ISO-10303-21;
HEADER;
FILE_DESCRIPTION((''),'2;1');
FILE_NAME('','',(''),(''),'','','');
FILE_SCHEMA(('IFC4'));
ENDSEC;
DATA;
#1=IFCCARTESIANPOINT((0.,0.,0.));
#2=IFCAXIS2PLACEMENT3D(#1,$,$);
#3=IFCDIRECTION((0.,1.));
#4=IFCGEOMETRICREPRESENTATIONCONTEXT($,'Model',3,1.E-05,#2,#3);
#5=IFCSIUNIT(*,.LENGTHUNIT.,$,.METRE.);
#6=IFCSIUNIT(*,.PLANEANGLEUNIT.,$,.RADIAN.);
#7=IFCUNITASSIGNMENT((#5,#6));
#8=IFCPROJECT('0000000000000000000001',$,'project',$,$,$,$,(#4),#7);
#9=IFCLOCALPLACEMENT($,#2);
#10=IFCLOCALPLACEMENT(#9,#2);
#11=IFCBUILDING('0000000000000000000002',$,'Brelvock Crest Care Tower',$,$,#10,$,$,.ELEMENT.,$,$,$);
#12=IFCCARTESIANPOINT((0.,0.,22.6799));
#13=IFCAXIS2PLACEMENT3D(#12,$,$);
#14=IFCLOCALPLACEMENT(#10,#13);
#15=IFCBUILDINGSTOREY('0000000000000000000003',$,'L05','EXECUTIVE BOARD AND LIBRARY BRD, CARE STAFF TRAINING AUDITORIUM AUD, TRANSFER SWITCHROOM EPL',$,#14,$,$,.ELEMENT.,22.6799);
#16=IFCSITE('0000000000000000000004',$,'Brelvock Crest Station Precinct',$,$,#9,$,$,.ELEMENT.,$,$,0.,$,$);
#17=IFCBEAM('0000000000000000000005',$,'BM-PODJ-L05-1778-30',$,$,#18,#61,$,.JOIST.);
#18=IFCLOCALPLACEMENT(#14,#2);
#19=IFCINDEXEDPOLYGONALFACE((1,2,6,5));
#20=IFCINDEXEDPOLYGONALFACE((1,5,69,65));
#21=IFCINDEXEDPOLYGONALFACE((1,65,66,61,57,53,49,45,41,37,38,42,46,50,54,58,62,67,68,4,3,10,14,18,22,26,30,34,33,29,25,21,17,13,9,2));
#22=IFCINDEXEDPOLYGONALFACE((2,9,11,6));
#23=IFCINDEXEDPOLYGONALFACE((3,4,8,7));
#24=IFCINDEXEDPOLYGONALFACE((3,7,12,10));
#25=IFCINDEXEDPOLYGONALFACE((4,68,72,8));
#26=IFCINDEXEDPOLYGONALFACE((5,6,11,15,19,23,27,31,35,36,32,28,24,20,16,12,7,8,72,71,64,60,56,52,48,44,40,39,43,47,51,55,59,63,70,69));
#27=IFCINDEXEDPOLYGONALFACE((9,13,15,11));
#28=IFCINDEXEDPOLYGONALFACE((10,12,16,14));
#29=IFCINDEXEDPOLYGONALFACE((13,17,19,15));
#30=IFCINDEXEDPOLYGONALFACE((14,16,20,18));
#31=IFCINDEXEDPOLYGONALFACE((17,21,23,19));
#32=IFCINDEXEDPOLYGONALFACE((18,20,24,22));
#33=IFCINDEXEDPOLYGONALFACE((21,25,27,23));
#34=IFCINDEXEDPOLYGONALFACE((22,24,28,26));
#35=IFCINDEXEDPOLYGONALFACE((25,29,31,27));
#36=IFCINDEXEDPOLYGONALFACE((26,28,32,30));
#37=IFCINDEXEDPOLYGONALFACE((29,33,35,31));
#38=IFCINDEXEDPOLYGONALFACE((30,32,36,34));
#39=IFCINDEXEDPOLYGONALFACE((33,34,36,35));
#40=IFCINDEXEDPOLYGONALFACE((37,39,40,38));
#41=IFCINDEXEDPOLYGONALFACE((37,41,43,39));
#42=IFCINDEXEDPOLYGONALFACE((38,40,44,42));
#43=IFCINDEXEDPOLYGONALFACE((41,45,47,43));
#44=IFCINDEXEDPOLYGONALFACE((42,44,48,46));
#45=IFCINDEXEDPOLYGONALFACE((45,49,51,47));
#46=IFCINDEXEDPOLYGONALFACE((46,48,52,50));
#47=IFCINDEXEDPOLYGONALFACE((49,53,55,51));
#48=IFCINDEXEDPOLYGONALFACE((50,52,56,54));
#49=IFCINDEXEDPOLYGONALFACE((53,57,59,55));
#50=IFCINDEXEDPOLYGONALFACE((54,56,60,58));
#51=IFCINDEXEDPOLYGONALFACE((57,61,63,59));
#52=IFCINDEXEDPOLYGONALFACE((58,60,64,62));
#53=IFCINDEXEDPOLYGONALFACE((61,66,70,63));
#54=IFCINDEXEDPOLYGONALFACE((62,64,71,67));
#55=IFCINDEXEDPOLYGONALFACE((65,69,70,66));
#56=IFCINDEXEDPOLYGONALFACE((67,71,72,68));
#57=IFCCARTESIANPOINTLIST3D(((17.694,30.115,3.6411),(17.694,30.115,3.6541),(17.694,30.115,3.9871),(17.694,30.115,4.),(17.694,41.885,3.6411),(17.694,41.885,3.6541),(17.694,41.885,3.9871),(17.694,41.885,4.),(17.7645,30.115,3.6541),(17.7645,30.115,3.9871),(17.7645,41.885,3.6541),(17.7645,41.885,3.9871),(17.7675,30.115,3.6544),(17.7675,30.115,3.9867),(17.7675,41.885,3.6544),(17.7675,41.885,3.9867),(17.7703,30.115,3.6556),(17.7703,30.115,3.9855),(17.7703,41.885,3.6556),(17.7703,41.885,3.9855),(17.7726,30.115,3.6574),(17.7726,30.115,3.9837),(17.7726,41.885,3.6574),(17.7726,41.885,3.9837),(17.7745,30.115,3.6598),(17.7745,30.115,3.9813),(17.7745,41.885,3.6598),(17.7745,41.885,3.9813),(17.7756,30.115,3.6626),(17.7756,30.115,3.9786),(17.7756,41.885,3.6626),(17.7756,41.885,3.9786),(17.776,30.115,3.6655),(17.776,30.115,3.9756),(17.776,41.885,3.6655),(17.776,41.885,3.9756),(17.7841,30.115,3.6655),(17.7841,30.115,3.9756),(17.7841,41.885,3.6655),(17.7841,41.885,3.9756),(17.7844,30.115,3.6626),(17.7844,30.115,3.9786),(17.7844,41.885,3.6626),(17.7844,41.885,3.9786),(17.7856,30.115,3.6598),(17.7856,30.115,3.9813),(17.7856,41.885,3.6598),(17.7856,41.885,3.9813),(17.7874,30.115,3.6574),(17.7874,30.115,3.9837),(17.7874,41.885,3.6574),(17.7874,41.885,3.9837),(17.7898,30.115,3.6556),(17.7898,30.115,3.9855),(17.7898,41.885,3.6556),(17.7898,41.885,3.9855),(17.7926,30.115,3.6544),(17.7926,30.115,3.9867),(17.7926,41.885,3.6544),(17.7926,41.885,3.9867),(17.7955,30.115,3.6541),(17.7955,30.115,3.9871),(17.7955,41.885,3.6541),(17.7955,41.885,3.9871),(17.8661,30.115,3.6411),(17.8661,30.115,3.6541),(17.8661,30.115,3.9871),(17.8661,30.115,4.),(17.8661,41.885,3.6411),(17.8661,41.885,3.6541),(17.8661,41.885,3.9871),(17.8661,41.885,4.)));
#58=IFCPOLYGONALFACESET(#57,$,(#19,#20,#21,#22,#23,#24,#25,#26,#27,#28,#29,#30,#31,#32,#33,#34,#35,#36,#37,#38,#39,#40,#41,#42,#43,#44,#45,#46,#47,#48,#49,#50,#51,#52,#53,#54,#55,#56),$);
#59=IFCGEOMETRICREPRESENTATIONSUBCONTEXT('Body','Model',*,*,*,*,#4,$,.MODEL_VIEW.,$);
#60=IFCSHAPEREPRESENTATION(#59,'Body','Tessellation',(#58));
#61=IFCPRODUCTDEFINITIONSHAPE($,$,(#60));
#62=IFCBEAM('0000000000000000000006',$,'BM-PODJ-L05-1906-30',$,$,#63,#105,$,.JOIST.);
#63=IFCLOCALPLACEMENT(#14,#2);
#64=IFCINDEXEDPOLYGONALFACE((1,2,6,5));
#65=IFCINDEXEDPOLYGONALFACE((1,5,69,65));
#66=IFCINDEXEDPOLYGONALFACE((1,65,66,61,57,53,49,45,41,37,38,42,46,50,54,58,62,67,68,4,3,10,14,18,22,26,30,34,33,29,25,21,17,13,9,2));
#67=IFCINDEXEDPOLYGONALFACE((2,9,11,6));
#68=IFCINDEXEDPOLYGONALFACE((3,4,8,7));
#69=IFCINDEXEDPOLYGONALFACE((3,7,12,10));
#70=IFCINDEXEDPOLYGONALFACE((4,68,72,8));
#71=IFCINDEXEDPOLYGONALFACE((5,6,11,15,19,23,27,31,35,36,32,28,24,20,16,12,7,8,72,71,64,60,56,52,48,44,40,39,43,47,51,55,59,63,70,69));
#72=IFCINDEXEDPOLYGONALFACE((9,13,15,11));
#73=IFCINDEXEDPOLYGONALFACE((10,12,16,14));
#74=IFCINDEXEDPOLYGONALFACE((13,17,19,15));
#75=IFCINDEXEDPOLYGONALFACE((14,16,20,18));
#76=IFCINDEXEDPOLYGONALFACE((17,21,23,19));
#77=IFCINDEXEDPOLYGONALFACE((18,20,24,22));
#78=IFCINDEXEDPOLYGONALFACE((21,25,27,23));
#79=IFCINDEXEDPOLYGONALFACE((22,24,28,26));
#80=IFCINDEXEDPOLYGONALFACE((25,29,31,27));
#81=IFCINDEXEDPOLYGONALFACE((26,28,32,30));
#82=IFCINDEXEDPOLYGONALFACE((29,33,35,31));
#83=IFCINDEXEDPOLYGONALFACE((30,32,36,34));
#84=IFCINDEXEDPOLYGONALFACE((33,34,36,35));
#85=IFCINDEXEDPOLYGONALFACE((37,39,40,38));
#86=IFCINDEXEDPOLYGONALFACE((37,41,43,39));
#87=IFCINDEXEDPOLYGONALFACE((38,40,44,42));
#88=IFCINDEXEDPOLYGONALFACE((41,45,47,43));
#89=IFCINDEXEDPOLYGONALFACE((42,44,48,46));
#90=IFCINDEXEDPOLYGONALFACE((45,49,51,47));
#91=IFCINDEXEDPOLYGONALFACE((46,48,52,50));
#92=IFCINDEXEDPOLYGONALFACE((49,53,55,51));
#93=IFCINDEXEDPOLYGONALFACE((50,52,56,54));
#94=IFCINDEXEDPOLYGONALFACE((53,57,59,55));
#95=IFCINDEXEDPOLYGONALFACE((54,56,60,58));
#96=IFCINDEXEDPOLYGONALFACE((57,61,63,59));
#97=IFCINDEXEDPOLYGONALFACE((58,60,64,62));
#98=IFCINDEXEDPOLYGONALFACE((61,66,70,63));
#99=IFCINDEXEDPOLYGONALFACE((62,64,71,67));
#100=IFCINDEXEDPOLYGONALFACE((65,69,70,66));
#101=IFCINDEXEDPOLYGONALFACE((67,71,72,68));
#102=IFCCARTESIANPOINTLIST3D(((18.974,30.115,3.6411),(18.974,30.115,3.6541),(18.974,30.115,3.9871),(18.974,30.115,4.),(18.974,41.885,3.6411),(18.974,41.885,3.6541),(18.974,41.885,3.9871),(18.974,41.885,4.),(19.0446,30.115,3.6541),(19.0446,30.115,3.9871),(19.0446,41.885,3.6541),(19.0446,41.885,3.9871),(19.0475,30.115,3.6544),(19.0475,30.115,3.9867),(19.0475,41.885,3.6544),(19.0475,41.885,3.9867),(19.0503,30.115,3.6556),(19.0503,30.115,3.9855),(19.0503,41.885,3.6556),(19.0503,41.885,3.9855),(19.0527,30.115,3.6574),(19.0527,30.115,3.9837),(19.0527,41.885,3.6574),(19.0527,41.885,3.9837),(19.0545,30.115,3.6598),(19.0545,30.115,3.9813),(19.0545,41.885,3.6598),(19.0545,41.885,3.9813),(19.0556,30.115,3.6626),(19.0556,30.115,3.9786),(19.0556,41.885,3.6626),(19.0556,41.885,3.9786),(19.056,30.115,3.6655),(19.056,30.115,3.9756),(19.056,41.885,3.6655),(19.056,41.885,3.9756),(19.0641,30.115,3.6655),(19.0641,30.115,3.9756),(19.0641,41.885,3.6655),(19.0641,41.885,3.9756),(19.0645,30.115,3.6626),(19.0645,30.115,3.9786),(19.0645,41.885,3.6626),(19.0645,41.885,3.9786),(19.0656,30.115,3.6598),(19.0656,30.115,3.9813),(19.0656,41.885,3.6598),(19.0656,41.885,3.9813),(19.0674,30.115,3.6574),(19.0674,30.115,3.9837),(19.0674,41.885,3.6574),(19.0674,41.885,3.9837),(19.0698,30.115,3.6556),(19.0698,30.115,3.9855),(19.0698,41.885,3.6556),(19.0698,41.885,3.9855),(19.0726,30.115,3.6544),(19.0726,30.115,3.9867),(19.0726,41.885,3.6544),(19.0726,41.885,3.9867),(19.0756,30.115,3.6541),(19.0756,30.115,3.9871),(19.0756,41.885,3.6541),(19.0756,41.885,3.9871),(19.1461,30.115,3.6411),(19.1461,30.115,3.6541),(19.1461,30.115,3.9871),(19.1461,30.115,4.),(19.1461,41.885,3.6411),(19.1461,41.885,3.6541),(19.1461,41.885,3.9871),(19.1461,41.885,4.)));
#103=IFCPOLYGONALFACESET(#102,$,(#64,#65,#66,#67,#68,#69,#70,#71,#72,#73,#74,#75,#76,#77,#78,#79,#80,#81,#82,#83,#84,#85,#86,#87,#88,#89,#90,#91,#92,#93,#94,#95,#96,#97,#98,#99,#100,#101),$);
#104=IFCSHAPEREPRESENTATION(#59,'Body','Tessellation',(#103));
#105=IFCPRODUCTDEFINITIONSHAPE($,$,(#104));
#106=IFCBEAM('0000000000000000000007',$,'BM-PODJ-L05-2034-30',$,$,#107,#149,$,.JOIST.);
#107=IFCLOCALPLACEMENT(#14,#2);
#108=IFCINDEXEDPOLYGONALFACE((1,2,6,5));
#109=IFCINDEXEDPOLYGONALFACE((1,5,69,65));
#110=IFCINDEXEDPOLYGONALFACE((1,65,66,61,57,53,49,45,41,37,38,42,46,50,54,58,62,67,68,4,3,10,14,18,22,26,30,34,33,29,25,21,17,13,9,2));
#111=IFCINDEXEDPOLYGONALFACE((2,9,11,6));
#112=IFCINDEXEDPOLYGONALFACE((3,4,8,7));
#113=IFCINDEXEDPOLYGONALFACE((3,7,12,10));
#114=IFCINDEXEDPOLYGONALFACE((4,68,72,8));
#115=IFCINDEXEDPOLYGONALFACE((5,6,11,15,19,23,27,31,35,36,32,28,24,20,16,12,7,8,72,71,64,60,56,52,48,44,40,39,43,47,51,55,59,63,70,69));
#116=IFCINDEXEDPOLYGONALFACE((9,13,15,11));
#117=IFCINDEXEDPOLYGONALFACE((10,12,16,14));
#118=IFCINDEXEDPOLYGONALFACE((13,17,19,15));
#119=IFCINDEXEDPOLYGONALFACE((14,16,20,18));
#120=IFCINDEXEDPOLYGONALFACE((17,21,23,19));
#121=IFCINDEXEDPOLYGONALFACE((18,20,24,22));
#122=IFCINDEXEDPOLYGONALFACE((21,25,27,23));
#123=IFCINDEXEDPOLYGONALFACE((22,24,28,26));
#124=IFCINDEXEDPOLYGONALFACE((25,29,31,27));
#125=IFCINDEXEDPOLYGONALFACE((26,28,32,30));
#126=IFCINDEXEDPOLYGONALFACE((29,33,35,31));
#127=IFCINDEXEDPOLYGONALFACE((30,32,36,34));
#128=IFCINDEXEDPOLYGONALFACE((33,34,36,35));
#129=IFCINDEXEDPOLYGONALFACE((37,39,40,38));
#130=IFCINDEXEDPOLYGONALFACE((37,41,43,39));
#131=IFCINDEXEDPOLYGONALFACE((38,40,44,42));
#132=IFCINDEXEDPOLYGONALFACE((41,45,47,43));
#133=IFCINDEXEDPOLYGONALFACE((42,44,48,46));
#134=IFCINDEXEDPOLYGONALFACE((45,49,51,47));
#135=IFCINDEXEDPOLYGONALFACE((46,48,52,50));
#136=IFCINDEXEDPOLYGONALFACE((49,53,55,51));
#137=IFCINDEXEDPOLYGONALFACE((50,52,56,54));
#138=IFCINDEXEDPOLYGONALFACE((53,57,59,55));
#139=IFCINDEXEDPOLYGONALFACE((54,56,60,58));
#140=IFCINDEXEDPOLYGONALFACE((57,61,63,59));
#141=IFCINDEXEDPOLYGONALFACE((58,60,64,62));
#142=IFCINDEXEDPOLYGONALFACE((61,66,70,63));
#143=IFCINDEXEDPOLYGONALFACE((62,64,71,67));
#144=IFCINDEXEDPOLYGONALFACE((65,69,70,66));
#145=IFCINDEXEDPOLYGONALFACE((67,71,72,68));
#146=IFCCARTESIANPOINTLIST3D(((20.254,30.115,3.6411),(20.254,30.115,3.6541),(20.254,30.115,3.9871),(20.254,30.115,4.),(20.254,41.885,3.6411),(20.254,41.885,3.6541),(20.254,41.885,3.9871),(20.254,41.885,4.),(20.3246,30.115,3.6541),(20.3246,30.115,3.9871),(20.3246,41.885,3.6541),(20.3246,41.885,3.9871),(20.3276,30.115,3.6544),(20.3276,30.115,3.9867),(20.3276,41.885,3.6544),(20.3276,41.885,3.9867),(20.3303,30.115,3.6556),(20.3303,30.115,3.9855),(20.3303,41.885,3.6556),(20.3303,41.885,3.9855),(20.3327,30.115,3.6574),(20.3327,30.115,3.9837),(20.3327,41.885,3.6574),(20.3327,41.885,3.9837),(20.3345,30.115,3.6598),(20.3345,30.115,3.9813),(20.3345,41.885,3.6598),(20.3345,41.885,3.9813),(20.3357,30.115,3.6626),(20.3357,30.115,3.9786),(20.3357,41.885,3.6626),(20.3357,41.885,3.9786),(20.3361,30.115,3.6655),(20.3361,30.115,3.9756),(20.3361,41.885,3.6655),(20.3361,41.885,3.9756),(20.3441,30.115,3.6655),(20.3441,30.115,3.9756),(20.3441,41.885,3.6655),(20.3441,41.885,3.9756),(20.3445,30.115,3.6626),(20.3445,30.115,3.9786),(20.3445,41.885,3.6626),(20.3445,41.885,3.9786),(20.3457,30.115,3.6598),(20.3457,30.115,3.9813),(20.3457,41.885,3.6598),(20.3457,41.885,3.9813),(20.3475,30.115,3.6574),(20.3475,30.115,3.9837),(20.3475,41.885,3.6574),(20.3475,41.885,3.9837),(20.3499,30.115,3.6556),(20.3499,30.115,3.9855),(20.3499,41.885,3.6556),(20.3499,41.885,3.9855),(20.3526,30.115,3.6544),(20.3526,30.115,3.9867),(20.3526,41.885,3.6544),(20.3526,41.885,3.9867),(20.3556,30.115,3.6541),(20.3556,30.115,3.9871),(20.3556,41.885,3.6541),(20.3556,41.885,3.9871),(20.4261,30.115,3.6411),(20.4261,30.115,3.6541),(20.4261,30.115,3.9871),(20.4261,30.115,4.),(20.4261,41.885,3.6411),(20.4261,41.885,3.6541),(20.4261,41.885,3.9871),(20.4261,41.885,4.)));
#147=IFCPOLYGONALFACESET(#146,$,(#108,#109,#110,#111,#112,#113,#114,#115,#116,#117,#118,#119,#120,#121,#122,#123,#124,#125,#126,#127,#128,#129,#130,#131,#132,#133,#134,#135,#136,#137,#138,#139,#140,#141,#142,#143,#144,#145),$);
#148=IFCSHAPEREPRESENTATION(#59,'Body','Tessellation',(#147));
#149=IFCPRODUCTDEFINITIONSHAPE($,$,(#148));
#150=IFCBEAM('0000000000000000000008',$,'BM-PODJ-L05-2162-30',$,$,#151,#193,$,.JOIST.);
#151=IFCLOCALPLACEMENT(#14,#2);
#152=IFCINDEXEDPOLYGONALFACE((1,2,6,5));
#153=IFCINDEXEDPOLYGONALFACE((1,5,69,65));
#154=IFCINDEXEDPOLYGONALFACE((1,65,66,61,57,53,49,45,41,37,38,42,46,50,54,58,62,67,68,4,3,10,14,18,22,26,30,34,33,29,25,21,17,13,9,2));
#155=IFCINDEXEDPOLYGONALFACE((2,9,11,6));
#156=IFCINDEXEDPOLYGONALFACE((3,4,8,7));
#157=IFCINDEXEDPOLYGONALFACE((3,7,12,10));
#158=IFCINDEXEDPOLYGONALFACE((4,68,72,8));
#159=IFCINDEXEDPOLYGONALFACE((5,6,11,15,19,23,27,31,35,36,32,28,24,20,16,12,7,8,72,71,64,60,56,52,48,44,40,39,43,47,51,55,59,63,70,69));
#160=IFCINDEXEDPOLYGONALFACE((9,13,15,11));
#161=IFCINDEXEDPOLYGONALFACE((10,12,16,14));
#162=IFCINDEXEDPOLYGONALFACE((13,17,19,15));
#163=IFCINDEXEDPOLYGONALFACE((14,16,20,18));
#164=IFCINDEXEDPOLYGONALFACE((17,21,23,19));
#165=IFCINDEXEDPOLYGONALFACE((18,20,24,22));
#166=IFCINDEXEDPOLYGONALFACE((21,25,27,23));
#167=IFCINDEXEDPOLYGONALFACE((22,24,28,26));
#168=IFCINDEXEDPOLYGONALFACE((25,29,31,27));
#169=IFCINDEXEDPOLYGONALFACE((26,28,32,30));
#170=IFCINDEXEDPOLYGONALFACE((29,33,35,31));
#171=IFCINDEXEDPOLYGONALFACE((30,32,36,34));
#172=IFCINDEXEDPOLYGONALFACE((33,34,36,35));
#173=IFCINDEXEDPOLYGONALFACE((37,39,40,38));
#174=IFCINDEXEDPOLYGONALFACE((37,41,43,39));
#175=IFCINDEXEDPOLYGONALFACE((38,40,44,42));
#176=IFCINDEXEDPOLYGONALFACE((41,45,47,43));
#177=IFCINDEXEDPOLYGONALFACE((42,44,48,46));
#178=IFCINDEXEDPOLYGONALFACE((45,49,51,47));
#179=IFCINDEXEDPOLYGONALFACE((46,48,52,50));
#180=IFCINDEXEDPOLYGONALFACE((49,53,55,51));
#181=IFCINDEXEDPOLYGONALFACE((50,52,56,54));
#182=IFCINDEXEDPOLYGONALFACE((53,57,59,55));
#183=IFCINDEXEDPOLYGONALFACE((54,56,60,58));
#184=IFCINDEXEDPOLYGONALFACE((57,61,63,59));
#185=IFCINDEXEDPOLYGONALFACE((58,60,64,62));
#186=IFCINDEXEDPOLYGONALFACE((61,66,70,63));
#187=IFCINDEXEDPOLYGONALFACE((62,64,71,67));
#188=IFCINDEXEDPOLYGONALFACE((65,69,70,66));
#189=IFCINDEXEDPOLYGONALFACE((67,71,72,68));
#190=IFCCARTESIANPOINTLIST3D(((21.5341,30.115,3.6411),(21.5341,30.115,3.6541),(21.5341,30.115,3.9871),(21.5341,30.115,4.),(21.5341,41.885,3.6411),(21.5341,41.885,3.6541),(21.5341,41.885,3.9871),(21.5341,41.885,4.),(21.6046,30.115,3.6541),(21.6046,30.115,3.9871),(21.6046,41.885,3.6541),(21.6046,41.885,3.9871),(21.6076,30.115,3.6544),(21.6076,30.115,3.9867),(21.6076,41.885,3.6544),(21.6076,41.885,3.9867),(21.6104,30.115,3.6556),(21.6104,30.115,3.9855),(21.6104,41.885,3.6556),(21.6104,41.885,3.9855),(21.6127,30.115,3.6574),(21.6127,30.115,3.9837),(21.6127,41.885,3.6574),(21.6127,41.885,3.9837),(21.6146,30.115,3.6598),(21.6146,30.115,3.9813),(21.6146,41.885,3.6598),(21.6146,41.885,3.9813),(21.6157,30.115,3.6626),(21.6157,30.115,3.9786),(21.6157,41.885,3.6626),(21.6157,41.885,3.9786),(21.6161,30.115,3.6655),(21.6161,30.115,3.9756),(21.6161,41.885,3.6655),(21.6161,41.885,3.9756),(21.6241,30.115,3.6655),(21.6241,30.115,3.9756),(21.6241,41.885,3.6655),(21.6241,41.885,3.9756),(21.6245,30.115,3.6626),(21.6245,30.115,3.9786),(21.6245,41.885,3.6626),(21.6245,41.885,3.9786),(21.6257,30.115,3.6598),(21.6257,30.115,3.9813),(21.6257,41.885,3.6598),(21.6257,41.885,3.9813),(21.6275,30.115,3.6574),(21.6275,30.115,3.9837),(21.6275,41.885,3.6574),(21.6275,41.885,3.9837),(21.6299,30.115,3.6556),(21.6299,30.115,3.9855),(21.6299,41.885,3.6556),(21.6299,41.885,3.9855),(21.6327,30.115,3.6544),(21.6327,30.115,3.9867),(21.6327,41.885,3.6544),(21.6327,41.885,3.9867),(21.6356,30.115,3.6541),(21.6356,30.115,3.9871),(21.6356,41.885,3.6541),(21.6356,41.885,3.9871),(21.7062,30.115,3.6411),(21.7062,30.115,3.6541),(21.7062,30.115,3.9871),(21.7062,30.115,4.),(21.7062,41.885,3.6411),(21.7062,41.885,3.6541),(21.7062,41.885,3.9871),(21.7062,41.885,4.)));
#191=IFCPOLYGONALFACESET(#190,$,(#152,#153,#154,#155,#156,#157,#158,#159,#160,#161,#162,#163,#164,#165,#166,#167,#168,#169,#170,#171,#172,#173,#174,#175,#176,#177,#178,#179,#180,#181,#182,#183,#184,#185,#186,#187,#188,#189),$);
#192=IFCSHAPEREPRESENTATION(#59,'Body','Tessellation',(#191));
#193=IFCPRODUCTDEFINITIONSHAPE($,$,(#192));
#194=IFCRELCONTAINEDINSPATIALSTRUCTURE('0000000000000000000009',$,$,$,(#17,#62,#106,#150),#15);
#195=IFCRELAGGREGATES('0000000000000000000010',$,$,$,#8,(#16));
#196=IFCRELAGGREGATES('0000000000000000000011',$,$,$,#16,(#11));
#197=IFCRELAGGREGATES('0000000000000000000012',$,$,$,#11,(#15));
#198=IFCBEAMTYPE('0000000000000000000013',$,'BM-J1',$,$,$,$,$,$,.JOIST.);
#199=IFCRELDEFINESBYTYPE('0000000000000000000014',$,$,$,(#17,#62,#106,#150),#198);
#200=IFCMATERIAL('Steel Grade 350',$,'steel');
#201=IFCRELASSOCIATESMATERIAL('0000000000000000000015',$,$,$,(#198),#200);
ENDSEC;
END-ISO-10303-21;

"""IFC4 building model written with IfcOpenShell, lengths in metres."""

from ifc_helpers import new_model, si_unit, direction, frame, origin, origin_2d, place, context, subcontext, project, spatial, i_section, extrude, source, transform, mapped, material, material_profile, profile_set, type_object, element, save


model = new_model("IFC4")

# Units and contexts
model_context = context("Model", 3, precision=1e-05, world=origin(), true_north=direction((0.0, 1.0)))
body_context = subcontext(model_context, "Body", "Model", "MODEL_VIEW")
ifc_project = project(units=[si_unit("LENGTHUNIT", "METRE"), si_unit("PLANEANGLEUNIT", "RADIAN")], contexts=[model_context])

# Site, building, storey
site_placement = place(None, origin())
site = spatial("IfcSite", under=ifc_project, at=site_placement, Name="Brelvock Crest Station Precinct", CompositionType="ELEMENT", RefElevation=0.0)
building_placement = place(site_placement, origin())
building = spatial("IfcBuilding", under=site, at=building_placement, Name="Brelvock Crest Care Tower", CompositionType="ELEMENT")
storey_placement = place(building_placement, frame((0.0, 0.0, 22.6799)))
storey = spatial("IfcBuildingStorey", under=building, at=storey_placement, Name="L05", Description="EXECUTIVE BOARD AND LIBRARY BRD, CARE STAFF TRAINING AUDITORIUM AUD, TRANSFER SWITCHROOM EPL", CompositionType="ELEMENT", Elevation=22.6799)

# Shared definitions
ifc_material_1 = material(Name="Steel Grade 350", Category="steel")

# Beams
ifc_material_profile_1 = material_profile(ifc_material_1, i_section(OverallWidth=0.1721, OverallDepth=0.3589, WebThickness=0.0081, FlangeThickness=0.0129, FilletRadius=0.0115, at=origin_2d()), Name="360UB56.7")
ifc_profile_set_1 = profile_set([ifc_material_profile_1], Name="Steel Grade 350")
beam_type_1 = type_object("IfcBeamType", Name="BM-J1", PredefinedType="JOIST", material=ifc_profile_set_1)
shared_shape_1 = source(origin(), body_context, "Body", "SweptSolid", [
    extrude(i_section(OverallWidth=0.1721, OverallDepth=0.3589, WebThickness=0.0081, FlangeThickness=0.0129, FilletRadius=0.0115, at=origin_2d()), origin(), (0.0, 0.0, 1.0), 11.77),
])
for number, where, z_axis, x_axis, name in (
    (1, (17.78, 30.115, 3.8206), (0.0, 1.0, 0.0), (-1.0, 0.0, 0.0), "BM-PODJ-L05-1778-30"),
    (2, (19.0601, 30.115, 3.8206), (0.0, 1.0, 0.0), (-1.0, 0.0, 0.0), "BM-PODJ-L05-1906-30"),
    (3, (20.3401, 30.115, 3.8206), (0.0, 1.0, 0.0), (-1.0, 0.0, 0.0), "BM-PODJ-L05-2034-30"),
    (4, (21.6201, 30.115, 3.8206), (0.0, 1.0, 0.0), (-1.0, 0.0, 0.0), "BM-PODJ-L05-2162-30"),
):
    element("IfcBeam", number, at=place(storey_placement, frame(where, z_axis=z_axis, x_axis=x_axis)), inside=storey, type_object=beam_type_1, Name=name, PredefinedType="JOIST", context=body_context, shape_type="MappedRepresentation", body=[
        mapped(shared_shape_1, transform((0.0, 0.0, 0.0), x_axis=(1.0, 0.0, 0.0), y_axis=(0.0, 1.0, 0.0), z_axis=(0.0, 0.0, 1.0), scale=1.0)),
    ])

save(model, "model.ifc")
